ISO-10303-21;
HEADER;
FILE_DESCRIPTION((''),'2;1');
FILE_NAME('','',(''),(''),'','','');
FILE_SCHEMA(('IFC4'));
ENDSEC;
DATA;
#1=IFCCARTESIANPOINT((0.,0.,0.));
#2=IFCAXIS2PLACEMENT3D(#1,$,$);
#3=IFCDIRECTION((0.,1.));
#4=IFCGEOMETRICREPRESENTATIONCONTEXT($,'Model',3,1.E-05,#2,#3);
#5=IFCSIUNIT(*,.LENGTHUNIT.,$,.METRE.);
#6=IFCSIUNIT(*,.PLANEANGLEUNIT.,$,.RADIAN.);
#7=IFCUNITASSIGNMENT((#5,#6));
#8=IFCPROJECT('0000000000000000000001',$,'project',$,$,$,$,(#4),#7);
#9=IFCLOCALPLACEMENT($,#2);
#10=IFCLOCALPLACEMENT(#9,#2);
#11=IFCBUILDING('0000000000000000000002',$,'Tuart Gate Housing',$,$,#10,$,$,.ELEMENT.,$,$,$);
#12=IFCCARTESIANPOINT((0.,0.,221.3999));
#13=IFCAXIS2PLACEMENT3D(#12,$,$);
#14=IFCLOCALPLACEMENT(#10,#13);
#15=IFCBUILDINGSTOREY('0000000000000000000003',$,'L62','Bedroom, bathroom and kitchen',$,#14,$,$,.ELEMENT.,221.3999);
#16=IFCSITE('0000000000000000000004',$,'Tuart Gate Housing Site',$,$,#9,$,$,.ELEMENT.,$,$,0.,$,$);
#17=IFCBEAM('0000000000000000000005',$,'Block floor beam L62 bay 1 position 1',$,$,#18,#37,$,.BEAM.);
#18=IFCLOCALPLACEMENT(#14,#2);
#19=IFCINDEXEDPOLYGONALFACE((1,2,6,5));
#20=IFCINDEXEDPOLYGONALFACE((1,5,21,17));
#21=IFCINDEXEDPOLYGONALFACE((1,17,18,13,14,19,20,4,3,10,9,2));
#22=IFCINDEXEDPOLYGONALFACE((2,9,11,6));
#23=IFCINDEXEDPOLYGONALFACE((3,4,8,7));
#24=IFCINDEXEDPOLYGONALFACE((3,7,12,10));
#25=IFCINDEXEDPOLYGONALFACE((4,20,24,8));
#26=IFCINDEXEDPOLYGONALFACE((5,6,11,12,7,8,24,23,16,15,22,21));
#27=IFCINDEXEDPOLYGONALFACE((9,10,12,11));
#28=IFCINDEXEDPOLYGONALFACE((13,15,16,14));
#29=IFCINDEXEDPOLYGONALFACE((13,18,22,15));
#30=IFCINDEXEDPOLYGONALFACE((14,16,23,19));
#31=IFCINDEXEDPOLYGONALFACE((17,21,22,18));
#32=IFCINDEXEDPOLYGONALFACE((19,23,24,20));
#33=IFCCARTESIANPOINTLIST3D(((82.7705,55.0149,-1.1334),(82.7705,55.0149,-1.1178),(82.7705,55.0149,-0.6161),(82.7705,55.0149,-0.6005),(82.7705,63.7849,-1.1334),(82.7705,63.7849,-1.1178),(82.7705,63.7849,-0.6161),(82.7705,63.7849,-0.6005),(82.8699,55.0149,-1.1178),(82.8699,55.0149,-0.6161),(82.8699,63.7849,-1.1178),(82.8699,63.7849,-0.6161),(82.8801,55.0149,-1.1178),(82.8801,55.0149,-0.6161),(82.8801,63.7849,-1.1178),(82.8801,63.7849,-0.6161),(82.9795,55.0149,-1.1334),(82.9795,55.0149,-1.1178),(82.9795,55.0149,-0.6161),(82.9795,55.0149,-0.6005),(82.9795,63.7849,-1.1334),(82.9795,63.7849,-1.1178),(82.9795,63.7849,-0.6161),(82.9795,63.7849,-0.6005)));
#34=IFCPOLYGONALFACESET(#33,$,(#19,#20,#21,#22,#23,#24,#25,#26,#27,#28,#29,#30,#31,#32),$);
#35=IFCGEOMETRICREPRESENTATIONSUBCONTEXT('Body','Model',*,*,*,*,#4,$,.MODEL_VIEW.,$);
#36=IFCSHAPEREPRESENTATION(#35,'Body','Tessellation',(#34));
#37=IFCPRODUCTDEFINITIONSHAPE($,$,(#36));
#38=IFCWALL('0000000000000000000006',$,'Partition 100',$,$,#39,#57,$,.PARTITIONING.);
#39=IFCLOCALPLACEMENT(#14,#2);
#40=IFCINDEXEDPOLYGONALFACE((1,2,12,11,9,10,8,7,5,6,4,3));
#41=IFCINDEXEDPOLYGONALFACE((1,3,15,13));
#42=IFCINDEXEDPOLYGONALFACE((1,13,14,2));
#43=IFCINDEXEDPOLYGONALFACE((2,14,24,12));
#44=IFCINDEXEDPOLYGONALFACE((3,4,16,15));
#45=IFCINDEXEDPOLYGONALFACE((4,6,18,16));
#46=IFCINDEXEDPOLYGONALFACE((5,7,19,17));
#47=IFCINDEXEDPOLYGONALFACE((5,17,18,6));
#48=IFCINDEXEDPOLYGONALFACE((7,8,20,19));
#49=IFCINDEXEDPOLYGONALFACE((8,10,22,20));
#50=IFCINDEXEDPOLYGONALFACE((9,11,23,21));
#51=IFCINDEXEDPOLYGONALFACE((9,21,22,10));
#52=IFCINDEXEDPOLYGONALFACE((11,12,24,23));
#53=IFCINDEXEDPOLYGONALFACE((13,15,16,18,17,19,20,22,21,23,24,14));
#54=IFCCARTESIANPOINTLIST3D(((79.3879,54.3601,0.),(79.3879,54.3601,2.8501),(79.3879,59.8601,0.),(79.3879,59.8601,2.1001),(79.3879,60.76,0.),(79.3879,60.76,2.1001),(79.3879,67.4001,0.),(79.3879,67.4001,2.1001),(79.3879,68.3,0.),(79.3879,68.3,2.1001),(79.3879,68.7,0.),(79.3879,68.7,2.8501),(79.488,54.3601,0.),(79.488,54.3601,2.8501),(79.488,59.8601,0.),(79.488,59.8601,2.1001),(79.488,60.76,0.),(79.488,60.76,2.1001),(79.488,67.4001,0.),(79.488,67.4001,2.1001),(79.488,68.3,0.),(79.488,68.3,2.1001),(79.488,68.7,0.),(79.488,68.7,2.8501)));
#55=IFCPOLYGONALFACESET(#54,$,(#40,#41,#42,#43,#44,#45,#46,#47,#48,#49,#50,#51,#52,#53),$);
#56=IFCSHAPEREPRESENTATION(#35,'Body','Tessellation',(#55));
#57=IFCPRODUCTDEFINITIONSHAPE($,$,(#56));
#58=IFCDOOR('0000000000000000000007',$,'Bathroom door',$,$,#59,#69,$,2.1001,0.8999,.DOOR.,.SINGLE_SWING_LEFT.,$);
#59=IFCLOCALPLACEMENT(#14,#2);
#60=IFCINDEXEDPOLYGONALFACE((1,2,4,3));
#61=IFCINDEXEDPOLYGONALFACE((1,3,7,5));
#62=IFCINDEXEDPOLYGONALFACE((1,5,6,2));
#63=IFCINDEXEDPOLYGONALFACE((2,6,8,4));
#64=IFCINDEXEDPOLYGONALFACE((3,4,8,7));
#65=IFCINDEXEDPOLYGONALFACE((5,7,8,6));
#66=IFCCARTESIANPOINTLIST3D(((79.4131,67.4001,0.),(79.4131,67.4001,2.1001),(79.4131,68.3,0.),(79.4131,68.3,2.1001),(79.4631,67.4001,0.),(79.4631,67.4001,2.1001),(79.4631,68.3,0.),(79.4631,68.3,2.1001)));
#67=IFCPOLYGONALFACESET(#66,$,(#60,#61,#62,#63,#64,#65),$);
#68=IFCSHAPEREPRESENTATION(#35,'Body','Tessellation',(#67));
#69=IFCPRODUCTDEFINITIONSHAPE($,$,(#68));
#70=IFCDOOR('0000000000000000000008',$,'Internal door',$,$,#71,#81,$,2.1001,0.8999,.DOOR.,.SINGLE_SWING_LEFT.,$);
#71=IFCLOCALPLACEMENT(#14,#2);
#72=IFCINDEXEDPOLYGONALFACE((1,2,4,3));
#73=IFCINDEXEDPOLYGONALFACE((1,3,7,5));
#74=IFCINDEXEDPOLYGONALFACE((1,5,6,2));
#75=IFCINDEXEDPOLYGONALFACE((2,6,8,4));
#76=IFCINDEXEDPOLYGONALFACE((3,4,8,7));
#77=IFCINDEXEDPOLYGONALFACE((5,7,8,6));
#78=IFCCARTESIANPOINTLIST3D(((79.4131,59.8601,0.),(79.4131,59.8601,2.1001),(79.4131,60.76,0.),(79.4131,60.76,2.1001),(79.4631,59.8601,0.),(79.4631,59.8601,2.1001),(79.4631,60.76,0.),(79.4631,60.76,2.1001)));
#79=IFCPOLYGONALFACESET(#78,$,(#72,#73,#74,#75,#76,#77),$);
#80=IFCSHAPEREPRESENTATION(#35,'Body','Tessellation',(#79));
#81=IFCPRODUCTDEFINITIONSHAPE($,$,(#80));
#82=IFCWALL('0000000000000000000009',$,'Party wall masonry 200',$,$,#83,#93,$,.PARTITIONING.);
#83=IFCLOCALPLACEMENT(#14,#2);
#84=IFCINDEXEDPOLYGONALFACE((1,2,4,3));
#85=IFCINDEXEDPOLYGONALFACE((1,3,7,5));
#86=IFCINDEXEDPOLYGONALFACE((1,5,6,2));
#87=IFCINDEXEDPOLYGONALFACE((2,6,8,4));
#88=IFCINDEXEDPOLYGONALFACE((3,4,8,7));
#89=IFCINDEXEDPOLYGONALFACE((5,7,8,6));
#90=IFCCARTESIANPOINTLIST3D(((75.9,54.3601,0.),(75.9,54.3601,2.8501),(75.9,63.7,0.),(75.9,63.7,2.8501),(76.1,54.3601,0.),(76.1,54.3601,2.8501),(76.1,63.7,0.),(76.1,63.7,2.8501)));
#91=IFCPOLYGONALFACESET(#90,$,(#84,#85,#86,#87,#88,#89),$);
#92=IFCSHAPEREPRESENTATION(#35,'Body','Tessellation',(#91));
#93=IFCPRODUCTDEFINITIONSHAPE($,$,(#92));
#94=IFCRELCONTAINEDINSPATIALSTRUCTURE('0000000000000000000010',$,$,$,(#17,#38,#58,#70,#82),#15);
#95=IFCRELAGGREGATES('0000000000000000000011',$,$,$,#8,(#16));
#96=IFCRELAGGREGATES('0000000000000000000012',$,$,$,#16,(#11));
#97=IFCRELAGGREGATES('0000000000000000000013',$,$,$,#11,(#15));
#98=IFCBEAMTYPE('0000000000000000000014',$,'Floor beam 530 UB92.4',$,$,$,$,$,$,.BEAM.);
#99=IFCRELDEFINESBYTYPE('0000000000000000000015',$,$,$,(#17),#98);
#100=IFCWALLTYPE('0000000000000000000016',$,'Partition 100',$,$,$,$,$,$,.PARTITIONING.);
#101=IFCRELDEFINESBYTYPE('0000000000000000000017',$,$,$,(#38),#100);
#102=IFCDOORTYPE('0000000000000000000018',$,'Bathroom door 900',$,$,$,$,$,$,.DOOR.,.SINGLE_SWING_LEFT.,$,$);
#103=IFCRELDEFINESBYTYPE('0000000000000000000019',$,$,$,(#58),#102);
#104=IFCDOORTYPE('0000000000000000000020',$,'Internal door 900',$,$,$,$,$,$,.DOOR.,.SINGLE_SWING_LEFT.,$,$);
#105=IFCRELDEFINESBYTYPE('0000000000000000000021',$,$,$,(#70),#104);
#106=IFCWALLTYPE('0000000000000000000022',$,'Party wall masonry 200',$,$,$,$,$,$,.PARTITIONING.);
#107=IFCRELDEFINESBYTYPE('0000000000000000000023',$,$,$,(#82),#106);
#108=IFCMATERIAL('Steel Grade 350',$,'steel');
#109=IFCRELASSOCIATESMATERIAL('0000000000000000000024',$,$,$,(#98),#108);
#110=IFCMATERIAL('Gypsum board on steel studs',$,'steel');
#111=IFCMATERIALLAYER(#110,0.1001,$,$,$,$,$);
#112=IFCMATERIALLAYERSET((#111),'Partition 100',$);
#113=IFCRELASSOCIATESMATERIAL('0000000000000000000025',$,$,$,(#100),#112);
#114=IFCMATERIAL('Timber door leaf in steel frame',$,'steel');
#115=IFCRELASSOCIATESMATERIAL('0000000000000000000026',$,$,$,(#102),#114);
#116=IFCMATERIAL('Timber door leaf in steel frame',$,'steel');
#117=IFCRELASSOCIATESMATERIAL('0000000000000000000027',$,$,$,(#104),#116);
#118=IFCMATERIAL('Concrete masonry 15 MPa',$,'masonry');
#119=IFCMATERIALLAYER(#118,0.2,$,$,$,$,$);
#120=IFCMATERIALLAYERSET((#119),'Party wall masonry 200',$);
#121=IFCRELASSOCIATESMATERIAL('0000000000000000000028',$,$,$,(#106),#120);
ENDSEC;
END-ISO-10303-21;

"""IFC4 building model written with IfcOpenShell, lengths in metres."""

from ifc_helpers import new_model, si_unit, direction, frame, frame_2d, origin, origin_2d, place, context, subcontext, project, spatial, rectangle, i_section, extrude, material, layer, layer_set, material_profile, profile_set, type_object, element, fill, save


model = new_model("IFC4")

# Units and contexts
model_context = context("Model", 3, precision=1e-05, world=origin(), true_north=direction((0.0, 1.0)))
body_context = subcontext(model_context, "Body", "Model", "MODEL_VIEW")
ifc_project = project(units=[si_unit("LENGTHUNIT", "METRE"), si_unit("PLANEANGLEUNIT", "RADIAN")], contexts=[model_context])

# Site, building, storey
site_placement = place(None, origin())
site = spatial("IfcSite", under=ifc_project, at=site_placement, Name="Tuart Gate Housing Site", CompositionType="ELEMENT", RefElevation=0.0)
building_placement = place(site_placement, origin())
building = spatial("IfcBuilding", under=site, at=building_placement, Name="Tuart Gate Housing", CompositionType="ELEMENT")
storey_placement = place(building_placement, frame((0.0, 0.0, 221.3999)))
storey = spatial("IfcBuildingStorey", under=building, at=storey_placement, Name="L62", Description="Bedroom, bathroom and kitchen", CompositionType="ELEMENT", Elevation=221.3999)

# Beam
ifc_material_1 = material(Name="Steel Grade 350", Category="steel")
ifc_material_profile = material_profile(ifc_material_1, i_section(OverallWidth=0.209, OverallDepth=0.533, WebThickness=0.0103, FlangeThickness=0.0156, at=origin_2d()), Name="530UB92.4")
ifc_profile_set = profile_set([ifc_material_profile], Name="Steel Grade 350")
beam_type = type_object("IfcBeamType", Name="Floor beam 530 UB92.4", PredefinedType="BEAM", material=ifc_profile_set)
beam_placement = place(storey_placement, frame((82.875, 55.0149, -0.8669), z_axis=(0.0, 1.0, 0.0), x_axis=(-1.0, 0.0, 0.0)))
element("IfcBeam", 1, at=beam_placement, inside=storey, type_object=beam_type, Name="Block floor beam L62 bay 1 position 1", PredefinedType="BEAM", context=body_context, shape_type="SweptSolid", body=[
    extrude(i_section(OverallWidth=0.209, OverallDepth=0.533, WebThickness=0.0103, FlangeThickness=0.0156, at=origin_2d()), origin(), (0.0, 0.0, 1.0), 8.77),
])

# Wall, openings, doors
ifc_material_2 = material(Name="Gypsum board on steel studs", Category="steel")
ifc_layer_1 = layer(ifc_material_2, 0.1001)
ifc_layer_set_1 = layer_set([ifc_layer_1], Name="Partition 100")
wall_type_1 = type_object("IfcWallType", Name="Partition 100", PredefinedType="PARTITIONING", material=ifc_layer_set_1)
wall_1_placement = place(storey_placement, frame((79.438, 54.3601, 0.0), z_axis=(0.0, 0.0, 1.0), x_axis=(0.0, 1.0, 0.0)))
wall_1 = element("IfcWall", 2, at=wall_1_placement, inside=storey, type_object=wall_type_1, Name="Partition 100", PredefinedType="PARTITIONING", context=body_context, shape_type="SweptSolid", body=[
    extrude(rectangle(XDim=14.3398, YDim=0.1001, at=frame_2d((7.1699, 0.0))), origin(), (0.0, 0.0, 1.0), 2.8501),
])
opening_1_placement = place(wall_1_placement, frame((5.5, 0.0, 0.0)))
opening_1 = element("IfcOpeningElement", 3, at=opening_1_placement, cuts=wall_1, PredefinedType="OPENING", context=body_context, shape_type="SweptSolid", body=[
    extrude(rectangle(XDim=0.8999, YDim=2.1001, at=frame_2d((0.45, 1.05))), frame((0.0, 0.0601, 0.0), z_axis=(0.0, -1.0, 0.0), x_axis=(1.0, 0.0, 0.0)), (0.0, 0.0, 1.0), 0.1201),
])
opening_2_placement = place(wall_1_placement, frame((13.04, 0.0, 0.0)))
opening_2 = element("IfcOpeningElement", 4, at=opening_2_placement, cuts=wall_1, PredefinedType="OPENING", context=body_context, shape_type="SweptSolid", body=[
    extrude(rectangle(XDim=0.8999, YDim=2.1001, at=frame_2d((0.45, 1.05))), frame((0.0, 0.0601, 0.0), z_axis=(0.0, -1.0, 0.0), x_axis=(1.0, 0.0, 0.0)), (0.0, 0.0, 1.0), 0.1201),
])
ifc_material_3 = material(Name="Timber door leaf in steel frame", Category="steel")
door_type_1 = type_object("IfcDoorType", Name="Bathroom door 900", OperationType="SINGLE_SWING_LEFT", PredefinedType="DOOR", material=ifc_material_3)
door_1_placement = place(opening_2_placement, frame((0.8999, 0.0, 0.0), z_axis=(0.0, 0.0, 1.0), x_axis=(-1.0, 0.0, 0.0)))
door_1 = element("IfcDoor", 5, at=door_1_placement, inside=storey, type_object=door_type_1, Name="Bathroom door", OperationType="SINGLE_SWING_LEFT", OverallHeight=2.1001, OverallWidth=0.8999, PredefinedType="DOOR", context=body_context, shape_type="SweptSolid", body=[
    extrude(rectangle(XDim=0.8999, YDim=2.1001, at=frame_2d((0.45, 1.05))), frame((0.0, 0.0251, 0.0), z_axis=(0.0, -1.0, 0.0), x_axis=(1.0, 0.0, 0.0)), (0.0, 0.0, 1.0), 0.05),
])
fill(opening_2, door_1)
ifc_material_4 = material(Name="Timber door leaf in steel frame", Category="steel")
door_type_2 = type_object("IfcDoorType", Name="Internal door 900", OperationType="SINGLE_SWING_LEFT", PredefinedType="DOOR", material=ifc_material_4)
door_2_placement = place(opening_1_placement, frame((0.8999, 0.0, 0.0), z_axis=(0.0, 0.0, 1.0), x_axis=(-1.0, 0.0, 0.0)))
door_2 = element("IfcDoor", 6, at=door_2_placement, inside=storey, type_object=door_type_2, Name="Internal door", OperationType="SINGLE_SWING_LEFT", OverallHeight=2.1001, OverallWidth=0.8999, PredefinedType="DOOR", context=body_context, shape_type="SweptSolid", body=[
    extrude(rectangle(XDim=0.8999, YDim=2.1001, at=frame_2d((0.45, 1.05))), frame((0.0, 0.0251, 0.0), z_axis=(0.0, -1.0, 0.0), x_axis=(1.0, 0.0, 0.0)), (0.0, 0.0, 1.0), 0.05),
])
fill(opening_1, door_2)

# Wall
ifc_material_5 = material(Name="Concrete masonry 15 MPa", Category="masonry")
ifc_layer_2 = layer(ifc_material_5, 0.2)
ifc_layer_set_2 = layer_set([ifc_layer_2], Name="Party wall masonry 200")
wall_type_2 = type_object("IfcWallType", Name="Party wall masonry 200", PredefinedType="PARTITIONING", material=ifc_layer_set_2)
wall_2_placement = place(storey_placement, frame((76.0, 54.3601, 0.0), z_axis=(0.0, 0.0, 1.0), x_axis=(0.0, 1.0, 0.0)))
element("IfcWall", 7, at=wall_2_placement, inside=storey, type_object=wall_type_2, Name="Party wall masonry 200", PredefinedType="PARTITIONING", context=body_context, shape_type="SweptSolid", body=[
    extrude(rectangle(XDim=9.3398, YDim=0.2, at=frame_2d((4.6699, 0.0))), origin(), (0.0, 0.0, 1.0), 2.8501),
])

save(model, "model.ifc")
